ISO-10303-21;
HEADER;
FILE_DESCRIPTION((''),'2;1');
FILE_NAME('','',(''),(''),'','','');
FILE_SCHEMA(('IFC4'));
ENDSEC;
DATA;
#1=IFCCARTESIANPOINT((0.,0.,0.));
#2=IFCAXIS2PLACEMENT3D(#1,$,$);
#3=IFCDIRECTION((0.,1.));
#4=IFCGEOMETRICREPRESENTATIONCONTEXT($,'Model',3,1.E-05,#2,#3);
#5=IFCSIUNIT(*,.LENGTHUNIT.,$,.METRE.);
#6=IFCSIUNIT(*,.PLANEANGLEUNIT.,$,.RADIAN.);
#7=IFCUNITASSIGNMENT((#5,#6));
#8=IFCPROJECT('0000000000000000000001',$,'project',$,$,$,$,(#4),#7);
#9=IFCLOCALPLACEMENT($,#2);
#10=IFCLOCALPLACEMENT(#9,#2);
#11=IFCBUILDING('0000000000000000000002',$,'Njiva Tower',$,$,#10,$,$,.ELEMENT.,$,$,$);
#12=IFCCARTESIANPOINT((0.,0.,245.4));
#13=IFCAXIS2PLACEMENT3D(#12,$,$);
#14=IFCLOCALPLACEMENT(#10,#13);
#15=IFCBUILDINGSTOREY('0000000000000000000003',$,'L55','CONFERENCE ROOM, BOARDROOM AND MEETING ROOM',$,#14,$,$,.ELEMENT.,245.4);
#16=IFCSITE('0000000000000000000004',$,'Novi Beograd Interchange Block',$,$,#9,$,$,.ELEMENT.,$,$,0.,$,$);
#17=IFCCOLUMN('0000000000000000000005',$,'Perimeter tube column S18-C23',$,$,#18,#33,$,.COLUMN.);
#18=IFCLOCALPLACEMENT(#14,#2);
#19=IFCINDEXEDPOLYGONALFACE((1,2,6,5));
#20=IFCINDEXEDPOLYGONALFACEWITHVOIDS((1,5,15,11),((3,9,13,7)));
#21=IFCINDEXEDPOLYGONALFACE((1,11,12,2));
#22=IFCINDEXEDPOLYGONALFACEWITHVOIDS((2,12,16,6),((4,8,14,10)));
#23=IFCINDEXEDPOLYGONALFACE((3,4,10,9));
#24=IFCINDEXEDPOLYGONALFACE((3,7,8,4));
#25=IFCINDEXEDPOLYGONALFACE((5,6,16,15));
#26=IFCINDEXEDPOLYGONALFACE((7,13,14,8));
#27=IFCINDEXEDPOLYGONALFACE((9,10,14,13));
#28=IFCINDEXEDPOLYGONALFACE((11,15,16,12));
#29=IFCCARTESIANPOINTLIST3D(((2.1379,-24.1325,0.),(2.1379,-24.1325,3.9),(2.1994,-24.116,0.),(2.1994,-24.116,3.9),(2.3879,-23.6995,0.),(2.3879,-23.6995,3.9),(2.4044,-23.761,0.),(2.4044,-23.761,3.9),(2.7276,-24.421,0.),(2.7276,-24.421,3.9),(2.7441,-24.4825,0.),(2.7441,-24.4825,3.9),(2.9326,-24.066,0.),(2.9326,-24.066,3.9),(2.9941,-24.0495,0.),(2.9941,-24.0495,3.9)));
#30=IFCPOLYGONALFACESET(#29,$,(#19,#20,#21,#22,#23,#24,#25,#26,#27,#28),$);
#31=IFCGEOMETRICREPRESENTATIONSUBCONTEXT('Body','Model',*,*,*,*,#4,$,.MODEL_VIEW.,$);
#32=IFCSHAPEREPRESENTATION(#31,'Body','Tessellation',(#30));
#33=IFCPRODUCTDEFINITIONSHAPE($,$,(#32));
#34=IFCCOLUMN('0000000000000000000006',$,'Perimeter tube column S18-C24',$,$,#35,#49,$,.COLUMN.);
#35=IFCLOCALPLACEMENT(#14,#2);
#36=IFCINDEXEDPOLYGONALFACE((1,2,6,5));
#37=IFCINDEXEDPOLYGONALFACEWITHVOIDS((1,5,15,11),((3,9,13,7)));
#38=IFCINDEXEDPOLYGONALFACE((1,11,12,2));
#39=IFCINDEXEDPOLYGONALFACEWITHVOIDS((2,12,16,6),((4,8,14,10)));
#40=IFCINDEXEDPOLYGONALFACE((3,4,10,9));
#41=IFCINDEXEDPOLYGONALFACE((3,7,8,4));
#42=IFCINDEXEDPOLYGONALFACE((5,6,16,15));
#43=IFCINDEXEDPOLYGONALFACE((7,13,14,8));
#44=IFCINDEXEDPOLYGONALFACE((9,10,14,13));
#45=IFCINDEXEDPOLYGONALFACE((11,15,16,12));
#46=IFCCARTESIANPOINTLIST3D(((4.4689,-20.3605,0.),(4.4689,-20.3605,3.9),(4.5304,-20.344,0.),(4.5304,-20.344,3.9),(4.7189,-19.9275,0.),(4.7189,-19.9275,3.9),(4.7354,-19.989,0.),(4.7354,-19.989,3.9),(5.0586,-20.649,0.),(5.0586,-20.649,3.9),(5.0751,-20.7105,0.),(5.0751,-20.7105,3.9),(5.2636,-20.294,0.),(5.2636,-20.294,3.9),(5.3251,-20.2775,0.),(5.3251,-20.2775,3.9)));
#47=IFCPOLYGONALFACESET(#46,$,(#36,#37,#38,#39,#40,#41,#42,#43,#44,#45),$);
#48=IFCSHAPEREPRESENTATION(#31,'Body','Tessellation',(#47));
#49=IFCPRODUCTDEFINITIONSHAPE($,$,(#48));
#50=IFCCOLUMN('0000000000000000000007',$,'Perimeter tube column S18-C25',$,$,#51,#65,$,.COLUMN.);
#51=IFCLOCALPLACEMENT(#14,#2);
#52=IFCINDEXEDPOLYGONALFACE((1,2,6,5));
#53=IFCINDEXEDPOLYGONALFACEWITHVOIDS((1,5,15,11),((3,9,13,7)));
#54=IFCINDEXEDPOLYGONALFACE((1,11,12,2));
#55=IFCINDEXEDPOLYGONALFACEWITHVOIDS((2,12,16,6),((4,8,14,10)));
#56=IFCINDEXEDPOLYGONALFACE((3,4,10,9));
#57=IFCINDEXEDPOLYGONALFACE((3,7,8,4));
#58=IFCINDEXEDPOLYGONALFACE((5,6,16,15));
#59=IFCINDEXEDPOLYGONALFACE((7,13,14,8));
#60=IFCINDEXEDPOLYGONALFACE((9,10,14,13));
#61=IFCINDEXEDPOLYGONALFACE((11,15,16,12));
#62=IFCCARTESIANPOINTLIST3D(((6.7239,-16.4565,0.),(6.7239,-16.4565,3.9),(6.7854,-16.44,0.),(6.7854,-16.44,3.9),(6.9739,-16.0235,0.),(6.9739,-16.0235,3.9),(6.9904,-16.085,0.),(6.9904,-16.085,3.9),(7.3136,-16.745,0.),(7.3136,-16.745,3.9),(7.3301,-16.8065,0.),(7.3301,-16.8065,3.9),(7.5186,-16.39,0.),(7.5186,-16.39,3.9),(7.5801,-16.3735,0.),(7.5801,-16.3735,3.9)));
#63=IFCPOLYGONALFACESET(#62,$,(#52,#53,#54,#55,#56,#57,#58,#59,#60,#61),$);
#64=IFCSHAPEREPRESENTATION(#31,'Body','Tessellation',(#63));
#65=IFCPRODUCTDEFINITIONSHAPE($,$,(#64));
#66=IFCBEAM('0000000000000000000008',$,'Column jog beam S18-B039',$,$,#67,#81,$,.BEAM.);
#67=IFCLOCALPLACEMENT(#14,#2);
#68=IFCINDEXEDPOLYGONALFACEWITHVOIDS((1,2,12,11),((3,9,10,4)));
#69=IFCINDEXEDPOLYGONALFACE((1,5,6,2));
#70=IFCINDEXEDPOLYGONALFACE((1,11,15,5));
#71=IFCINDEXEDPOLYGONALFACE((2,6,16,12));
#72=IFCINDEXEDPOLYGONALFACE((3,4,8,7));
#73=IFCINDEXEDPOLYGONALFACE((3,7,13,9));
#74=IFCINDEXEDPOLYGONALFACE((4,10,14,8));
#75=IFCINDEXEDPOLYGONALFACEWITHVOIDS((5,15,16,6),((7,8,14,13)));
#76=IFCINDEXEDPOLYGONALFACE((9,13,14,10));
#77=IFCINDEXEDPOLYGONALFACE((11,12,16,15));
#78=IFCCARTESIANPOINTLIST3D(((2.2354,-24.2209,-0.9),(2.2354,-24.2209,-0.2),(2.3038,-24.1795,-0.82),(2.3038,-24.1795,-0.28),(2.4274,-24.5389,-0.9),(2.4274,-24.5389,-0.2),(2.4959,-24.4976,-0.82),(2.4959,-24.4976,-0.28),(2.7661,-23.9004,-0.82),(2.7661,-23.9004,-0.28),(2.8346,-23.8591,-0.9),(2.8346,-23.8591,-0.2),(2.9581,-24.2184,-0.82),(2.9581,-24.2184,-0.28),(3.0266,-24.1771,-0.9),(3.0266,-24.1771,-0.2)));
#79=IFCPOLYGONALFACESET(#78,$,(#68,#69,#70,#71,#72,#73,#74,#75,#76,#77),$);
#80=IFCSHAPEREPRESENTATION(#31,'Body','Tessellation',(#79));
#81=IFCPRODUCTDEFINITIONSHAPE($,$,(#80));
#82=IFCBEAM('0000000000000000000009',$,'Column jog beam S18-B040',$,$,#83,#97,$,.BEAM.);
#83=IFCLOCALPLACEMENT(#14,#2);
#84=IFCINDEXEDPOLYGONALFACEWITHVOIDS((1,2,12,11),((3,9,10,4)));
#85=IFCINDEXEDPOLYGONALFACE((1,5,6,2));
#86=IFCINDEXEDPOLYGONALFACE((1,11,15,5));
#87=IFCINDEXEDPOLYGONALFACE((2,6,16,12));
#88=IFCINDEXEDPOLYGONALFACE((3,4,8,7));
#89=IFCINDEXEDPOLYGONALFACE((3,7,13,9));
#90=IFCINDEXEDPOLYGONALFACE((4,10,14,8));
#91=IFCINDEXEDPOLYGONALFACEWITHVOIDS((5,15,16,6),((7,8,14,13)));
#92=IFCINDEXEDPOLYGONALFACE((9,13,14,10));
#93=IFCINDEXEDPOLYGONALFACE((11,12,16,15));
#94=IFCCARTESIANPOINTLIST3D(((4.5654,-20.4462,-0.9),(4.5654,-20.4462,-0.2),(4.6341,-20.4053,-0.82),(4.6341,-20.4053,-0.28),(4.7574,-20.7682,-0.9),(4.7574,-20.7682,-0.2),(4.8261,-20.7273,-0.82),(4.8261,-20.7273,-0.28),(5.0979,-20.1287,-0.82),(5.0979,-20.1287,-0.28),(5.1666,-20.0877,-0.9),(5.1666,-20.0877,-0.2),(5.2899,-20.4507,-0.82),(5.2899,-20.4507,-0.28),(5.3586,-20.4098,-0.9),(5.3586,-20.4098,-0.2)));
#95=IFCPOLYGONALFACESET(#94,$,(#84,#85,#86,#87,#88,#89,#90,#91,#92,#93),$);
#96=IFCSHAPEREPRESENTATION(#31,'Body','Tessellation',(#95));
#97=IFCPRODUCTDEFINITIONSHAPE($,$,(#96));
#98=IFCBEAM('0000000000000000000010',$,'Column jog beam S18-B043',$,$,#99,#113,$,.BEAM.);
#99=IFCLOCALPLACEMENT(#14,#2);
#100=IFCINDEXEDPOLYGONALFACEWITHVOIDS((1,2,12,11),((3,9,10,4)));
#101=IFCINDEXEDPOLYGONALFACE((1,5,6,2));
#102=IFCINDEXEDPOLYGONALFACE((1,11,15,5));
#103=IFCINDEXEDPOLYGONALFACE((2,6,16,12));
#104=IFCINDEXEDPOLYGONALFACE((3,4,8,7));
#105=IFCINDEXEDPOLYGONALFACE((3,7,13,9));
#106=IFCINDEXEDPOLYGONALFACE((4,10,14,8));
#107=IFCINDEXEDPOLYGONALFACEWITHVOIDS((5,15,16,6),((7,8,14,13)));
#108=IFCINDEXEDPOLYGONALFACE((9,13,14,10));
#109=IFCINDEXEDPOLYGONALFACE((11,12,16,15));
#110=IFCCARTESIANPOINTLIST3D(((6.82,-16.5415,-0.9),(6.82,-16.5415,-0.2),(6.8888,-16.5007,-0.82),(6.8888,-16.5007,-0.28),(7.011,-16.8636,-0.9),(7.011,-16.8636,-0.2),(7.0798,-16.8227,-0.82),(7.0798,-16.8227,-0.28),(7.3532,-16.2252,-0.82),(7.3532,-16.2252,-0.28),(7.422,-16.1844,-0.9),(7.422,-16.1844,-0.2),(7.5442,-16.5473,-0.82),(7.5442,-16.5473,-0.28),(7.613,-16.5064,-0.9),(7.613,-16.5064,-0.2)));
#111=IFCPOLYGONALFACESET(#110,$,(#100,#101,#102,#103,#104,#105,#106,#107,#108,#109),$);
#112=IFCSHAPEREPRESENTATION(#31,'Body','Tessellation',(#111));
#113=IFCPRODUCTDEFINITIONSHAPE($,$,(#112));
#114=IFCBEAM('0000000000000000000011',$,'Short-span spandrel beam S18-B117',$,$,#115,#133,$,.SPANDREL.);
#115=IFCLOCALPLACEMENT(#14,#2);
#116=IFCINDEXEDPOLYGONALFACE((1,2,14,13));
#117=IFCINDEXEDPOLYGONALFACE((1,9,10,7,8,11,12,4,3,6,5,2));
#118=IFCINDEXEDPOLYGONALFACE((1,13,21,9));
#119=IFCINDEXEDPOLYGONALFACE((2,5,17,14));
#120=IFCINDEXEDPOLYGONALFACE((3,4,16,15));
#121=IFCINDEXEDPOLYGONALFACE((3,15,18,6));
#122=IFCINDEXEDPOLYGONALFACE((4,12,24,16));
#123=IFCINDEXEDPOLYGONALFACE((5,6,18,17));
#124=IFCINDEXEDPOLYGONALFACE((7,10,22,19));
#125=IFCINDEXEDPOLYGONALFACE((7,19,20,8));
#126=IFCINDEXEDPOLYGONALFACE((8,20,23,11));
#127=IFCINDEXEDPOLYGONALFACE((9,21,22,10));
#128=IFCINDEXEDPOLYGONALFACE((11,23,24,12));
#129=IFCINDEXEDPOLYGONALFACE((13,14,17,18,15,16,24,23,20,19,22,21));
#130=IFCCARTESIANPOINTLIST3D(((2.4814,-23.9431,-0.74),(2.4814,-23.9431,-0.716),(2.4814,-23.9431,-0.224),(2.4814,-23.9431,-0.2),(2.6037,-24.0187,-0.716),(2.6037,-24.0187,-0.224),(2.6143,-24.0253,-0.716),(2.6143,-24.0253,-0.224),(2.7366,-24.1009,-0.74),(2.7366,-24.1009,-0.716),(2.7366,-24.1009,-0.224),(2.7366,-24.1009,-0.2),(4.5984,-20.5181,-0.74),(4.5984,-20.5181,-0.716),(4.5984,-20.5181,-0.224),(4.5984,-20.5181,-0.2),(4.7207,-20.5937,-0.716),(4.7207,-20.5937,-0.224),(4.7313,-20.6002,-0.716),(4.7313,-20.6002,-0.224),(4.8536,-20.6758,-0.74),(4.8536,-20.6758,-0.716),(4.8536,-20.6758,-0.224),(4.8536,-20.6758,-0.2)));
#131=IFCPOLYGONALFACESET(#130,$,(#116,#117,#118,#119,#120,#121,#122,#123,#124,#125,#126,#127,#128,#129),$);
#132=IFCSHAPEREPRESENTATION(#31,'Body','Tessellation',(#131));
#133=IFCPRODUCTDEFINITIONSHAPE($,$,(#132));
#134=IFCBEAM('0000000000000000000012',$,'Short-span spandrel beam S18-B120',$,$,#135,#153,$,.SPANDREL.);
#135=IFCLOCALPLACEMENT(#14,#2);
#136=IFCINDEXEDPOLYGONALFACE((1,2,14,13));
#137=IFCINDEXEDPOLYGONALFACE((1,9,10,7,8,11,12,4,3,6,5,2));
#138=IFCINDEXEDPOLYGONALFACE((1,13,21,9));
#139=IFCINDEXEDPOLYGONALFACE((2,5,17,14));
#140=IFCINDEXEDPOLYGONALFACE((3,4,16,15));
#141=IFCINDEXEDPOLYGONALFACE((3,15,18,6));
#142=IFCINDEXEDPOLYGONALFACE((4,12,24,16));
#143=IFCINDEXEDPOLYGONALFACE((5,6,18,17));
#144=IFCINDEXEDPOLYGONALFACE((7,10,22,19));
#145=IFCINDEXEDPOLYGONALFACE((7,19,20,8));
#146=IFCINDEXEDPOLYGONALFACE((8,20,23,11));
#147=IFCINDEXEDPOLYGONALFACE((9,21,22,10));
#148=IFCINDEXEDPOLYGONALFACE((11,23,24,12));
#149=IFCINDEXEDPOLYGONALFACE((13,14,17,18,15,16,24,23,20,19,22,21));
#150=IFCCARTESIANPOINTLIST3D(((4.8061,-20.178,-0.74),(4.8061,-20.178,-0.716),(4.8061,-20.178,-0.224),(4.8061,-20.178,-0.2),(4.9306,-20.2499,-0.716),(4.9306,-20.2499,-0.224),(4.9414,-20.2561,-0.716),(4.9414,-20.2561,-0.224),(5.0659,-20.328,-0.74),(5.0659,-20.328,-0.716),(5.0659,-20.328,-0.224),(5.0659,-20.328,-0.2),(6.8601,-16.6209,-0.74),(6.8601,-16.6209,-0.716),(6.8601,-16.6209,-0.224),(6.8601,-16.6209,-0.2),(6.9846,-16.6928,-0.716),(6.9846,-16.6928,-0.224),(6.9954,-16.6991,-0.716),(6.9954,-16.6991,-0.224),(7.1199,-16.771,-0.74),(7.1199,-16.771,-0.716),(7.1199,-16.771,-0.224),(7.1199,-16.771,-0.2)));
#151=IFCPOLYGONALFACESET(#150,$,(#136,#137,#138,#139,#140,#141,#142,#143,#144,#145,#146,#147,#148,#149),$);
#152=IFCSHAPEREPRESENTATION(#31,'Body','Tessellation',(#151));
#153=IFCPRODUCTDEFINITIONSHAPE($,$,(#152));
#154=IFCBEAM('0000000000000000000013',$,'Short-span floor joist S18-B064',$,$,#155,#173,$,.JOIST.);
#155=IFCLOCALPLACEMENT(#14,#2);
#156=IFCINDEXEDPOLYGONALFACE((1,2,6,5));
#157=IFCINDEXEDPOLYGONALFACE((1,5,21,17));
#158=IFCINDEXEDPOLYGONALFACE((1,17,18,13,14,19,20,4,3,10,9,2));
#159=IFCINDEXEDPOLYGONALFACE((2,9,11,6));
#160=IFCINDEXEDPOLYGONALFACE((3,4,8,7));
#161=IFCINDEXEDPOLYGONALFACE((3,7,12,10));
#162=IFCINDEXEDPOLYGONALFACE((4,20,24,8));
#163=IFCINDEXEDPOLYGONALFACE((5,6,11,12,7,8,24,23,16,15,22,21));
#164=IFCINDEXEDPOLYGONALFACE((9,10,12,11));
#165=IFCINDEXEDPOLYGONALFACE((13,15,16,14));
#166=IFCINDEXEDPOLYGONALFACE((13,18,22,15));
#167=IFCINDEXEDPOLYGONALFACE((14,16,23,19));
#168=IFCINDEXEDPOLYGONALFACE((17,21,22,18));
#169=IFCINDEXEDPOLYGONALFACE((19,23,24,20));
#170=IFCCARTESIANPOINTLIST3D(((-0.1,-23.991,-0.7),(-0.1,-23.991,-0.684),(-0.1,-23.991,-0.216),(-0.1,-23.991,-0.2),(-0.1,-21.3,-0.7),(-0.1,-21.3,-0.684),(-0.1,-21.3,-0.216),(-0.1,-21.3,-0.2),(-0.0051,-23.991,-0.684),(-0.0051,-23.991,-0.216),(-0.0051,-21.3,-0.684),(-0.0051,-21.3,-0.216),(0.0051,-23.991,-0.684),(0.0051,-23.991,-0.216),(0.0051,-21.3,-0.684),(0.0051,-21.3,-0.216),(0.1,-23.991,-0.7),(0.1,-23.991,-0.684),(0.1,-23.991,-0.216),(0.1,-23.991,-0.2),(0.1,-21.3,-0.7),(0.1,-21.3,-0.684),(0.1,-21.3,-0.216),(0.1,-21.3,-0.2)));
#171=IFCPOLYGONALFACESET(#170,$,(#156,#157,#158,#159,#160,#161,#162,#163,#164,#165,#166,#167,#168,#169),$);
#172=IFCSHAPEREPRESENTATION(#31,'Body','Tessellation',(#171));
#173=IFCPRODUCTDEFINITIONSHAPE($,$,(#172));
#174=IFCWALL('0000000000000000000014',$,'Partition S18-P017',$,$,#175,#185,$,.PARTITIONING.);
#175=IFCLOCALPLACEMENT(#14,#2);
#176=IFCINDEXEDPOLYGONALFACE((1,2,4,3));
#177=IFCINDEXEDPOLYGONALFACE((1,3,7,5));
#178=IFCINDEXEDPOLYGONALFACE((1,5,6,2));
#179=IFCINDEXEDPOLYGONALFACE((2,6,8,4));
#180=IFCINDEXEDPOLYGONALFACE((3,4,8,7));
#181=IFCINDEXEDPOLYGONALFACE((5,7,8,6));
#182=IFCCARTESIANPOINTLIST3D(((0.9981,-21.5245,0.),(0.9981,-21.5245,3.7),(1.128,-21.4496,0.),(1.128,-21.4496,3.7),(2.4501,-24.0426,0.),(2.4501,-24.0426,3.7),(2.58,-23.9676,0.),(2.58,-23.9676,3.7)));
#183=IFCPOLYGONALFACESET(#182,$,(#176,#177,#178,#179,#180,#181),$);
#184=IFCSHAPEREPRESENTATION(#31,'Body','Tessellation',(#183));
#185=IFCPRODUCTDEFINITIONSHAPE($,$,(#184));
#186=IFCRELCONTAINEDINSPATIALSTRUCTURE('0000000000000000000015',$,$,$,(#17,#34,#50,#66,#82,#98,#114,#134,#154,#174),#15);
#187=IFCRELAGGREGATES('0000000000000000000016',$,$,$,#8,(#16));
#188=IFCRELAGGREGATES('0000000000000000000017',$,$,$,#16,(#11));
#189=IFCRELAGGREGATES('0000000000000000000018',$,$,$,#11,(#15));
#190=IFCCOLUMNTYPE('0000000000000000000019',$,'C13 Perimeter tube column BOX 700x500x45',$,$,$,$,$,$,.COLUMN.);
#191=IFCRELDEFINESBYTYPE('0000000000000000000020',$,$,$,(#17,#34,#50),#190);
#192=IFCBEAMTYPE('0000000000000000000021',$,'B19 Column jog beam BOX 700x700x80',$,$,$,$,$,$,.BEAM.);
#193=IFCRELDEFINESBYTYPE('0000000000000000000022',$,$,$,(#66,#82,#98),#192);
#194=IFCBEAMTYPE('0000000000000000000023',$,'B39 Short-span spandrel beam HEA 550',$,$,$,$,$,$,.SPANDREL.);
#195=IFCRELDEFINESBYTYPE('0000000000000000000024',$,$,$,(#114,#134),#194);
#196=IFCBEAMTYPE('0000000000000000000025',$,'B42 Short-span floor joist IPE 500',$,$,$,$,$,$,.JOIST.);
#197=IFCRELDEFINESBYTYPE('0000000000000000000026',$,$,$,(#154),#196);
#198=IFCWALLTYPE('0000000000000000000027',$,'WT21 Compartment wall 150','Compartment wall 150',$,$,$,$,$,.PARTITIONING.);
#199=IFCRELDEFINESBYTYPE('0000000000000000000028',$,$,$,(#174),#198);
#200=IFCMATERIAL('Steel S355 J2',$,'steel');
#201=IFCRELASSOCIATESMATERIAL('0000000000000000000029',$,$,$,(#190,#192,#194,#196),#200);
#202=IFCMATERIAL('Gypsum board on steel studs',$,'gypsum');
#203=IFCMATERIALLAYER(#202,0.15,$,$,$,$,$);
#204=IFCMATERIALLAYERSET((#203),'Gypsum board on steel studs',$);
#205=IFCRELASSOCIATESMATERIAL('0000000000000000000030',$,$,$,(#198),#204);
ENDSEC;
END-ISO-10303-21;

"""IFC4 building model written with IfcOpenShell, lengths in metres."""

from ifc_helpers import new_model, si_unit, direction, frame, frame_2d, origin, origin_2d, place, context, subcontext, project, spatial, rectangle, hollow_rectangle, i_section, extrude, material, layer, layer_set, material_profile, profile_set, type_object, element, save


model = new_model("IFC4")

# Units and contexts
model_context = context("Model", 3, precision=1e-05, world=origin(), true_north=direction((0.0, 1.0)))
body_context = subcontext(model_context, "Body", "Model", "MODEL_VIEW")
ifc_project = project(units=[si_unit("LENGTHUNIT", "METRE"), si_unit("PLANEANGLEUNIT", "RADIAN")], contexts=[model_context])

# Site, building, storey
site_placement = place(None, origin())
site = spatial("IfcSite", under=ifc_project, at=site_placement, Name="Novi Beograd Interchange Block", CompositionType="ELEMENT", RefElevation=0.0)
building_placement = place(site_placement, origin())
building = spatial("IfcBuilding", under=site, at=building_placement, Name="Njiva Tower", CompositionType="ELEMENT")
storey_placement = place(building_placement, frame((0.0, 0.0, 245.4)))
storey = spatial("IfcBuildingStorey", under=building, at=storey_placement, Name="L55", Description="CONFERENCE ROOM, BOARDROOM AND MEETING ROOM", CompositionType="ELEMENT", Elevation=245.4)

# Columns
ifc_material_1 = material(Name="Steel S355 J2", Category="steel")
ifc_material_profile_1 = material_profile(ifc_material_1, hollow_rectangle(XDim=0.5, YDim=0.7, WallThickness=0.045, at=origin_2d()), Name="BOX 700x500x45")
ifc_profile_set_1 = profile_set([ifc_material_profile_1], Name="Steel S355 J2")
column_type = type_object("IfcColumnType", Name="C13 Perimeter tube column BOX 700x500x45", PredefinedType="COLUMN", material=ifc_profile_set_1)
for number, where, z_axis, x_axis, name in (
    (1, (2.566, -24.091, 0.0), (0.0, 0.0, 1.0), (0.5, 0.866025, 0.0), "Perimeter tube column S18-C23"),
    (2, (4.897, -20.319, 0.0), (0.0, 0.0, 1.0), (0.5, 0.866025, 0.0), "Perimeter tube column S18-C24"),
    (3, (7.152, -16.415, 0.0), (0.0, 0.0, 1.0), (0.5, 0.866025, 0.0), "Perimeter tube column S18-C25"),
):
    element("IfcColumn", number, at=place(storey_placement, frame(where, z_axis=z_axis, x_axis=x_axis)), inside=storey, type_object=column_type, Name=name, PredefinedType="COLUMN", context=body_context, shape_type="SweptSolid", body=[
        extrude(hollow_rectangle(XDim=0.5, YDim=0.7, WallThickness=0.045, at=origin_2d()), origin(), (0.0, 0.0, 1.0), 3.9),
    ])

# Beams
ifc_material_profile_2 = material_profile(ifc_material_1, hollow_rectangle(XDim=0.7, YDim=0.7, WallThickness=0.08, at=origin_2d()), Name="BOX 700x700x80")
ifc_profile_set_2 = profile_set([ifc_material_profile_2], Name="Steel S355 J2")
beam_type_1 = type_object("IfcBeamType", Name="B19 Column jog beam BOX 700x700x80", PredefinedType="BEAM", material=ifc_profile_set_2)
beam_1_placement = place(storey_placement, frame((2.727, -24.358, -0.55), z_axis=(-0.516869, 0.856064, 0.0), x_axis=(-0.856064, -0.516869, 0.0)))
element("IfcBeam", 4, at=beam_1_placement, inside=storey, type_object=beam_type_1, Name="Column jog beam S18-B039", PredefinedType="BEAM", context=body_context, shape_type="SweptSolid", body=[
    extrude(hollow_rectangle(XDim=0.7, YDim=0.7, WallThickness=0.08, at=origin_2d()), origin(), (0.0, 0.0, 1.0), 0.3715),
])
beam_2_placement = place(storey_placement, frame((5.058, -20.589, -0.55), z_axis=(-0.51214, 0.858902, 0.0), x_axis=(-0.858902, -0.51214, 0.0)))
element("IfcBeam", 5, at=beam_2_placement, inside=storey, type_object=beam_type_1, Name="Column jog beam S18-B040", PredefinedType="BEAM", context=body_context, shape_type="SweptSolid", body=[
    extrude(hollow_rectangle(XDim=0.7, YDim=0.7, WallThickness=0.08, at=origin_2d()), origin(), (0.0, 0.0, 1.0), 0.3749),
])
beam_3_placement = place(storey_placement, frame((7.312, -16.685, -0.55), z_axis=(-0.510168, 0.860075, 0.0), x_axis=(-0.860075, -0.510168, 0.0)))
element("IfcBeam", 6, at=beam_3_placement, inside=storey, type_object=beam_type_1, Name="Column jog beam S18-B043", PredefinedType="BEAM", context=body_context, shape_type="SweptSolid", body=[
    extrude(hollow_rectangle(XDim=0.7, YDim=0.7, WallThickness=0.08, at=origin_2d()), origin(), (0.0, 0.0, 1.0), 0.3744),
])
ifc_material_profile_3 = material_profile(ifc_material_1, i_section(OverallWidth=0.3, OverallDepth=0.54, WebThickness=0.0125, FlangeThickness=0.024, at=origin_2d()), Name="HEA 550")
ifc_profile_set_3 = profile_set([ifc_material_profile_3], Name="Steel S355 J2")
beam_type_2 = type_object("IfcBeamType", Name="B39 Short-span spandrel beam HEA 550", PredefinedType="SPANDREL", material=ifc_profile_set_3)
beam_4_placement = place(storey_placement, frame((2.609, -24.022, -0.47), z_axis=(0.525773, 0.850625, 0.0), x_axis=(-0.850625, 0.525773, 0.0)))
element("IfcBeam", 7, at=beam_4_placement, inside=storey, type_object=beam_type_2, Name="Short-span spandrel beam S18-B117", PredefinedType="SPANDREL", context=body_context, shape_type="SweptSolid", body=[
    extrude(i_section(OverallWidth=0.3, OverallDepth=0.54, WebThickness=0.0125, FlangeThickness=0.024, at=origin_2d()), origin(), (0.0, 0.0, 1.0), 4.0265),
])
beam_5_placement = place(storey_placement, frame((4.936, -20.253, -0.47), z_axis=(0.500067, 0.865987, 0.0), x_axis=(-0.865987, 0.500067, 0.0)))
element("IfcBeam", 8, at=beam_5_placement, inside=storey, type_object=beam_type_2, Name="Short-span spandrel beam S18-B120", PredefinedType="SPANDREL", context=body_context, shape_type="SweptSolid", body=[
    extrude(i_section(OverallWidth=0.3, OverallDepth=0.54, WebThickness=0.0125, FlangeThickness=0.024, at=origin_2d()), origin(), (0.0, 0.0, 1.0), 4.1075),
])
ifc_material_profile_4 = material_profile(ifc_material_1, i_section(OverallWidth=0.2, OverallDepth=0.5, WebThickness=0.0102, FlangeThickness=0.016, at=origin_2d()), Name="IPE 500")
ifc_profile_set_4 = profile_set([ifc_material_profile_4], Name="Steel S355 J2")
beam_type_3 = type_object("IfcBeamType", Name="B42 Short-span floor joist IPE 500", PredefinedType="JOIST", material=ifc_profile_set_4)
beam_6_placement = place(storey_placement, frame((0.0, -21.3, -0.45), z_axis=(0.0, -1.0, 0.0), x_axis=(1.0, 0.0, 0.0)))
element("IfcBeam", 9, at=beam_6_placement, inside=storey, type_object=beam_type_3, Name="Short-span floor joist S18-B064", PredefinedType="JOIST", context=body_context, shape_type="SweptSolid", body=[
    extrude(i_section(OverallWidth=0.2, OverallDepth=0.5, WebThickness=0.0102, FlangeThickness=0.016, at=origin_2d()), origin(), (0.0, 0.0, 1.0), 2.691),
])

# Wall
ifc_material_2 = material(Name="Gypsum board on steel studs", Category="gypsum")
ifc_layer_1 = layer(ifc_material_2, 0.15)
ifc_layer_set_1 = layer_set([ifc_layer_1], Name="Gypsum board on steel studs")
wall_type_1 = type_object("IfcWallType", Name="WT21 Compartment wall 150", Description="Compartment wall 150", PredefinedType="PARTITIONING", material=ifc_layer_set_1)
wall_1_placement = place(storey_placement, frame((1.063, -21.487, 0.0), z_axis=(0.0, 0.0, 1.0), x_axis=(0.499544, -0.866289, 0.0)))
element("IfcWall", 10, at=wall_1_placement, inside=storey, type_object=wall_type_1, Name="Partition S18-P017", PredefinedType="PARTITIONING", context=body_context, shape_type="SweptSolid", body=[
    extrude(rectangle(XDim=2.9067, YDim=0.15, at=frame_2d((1.4534, 0.0))), origin(), (0.0, 0.0, 1.0), 3.7),
])

save(model, "model.ifc")
